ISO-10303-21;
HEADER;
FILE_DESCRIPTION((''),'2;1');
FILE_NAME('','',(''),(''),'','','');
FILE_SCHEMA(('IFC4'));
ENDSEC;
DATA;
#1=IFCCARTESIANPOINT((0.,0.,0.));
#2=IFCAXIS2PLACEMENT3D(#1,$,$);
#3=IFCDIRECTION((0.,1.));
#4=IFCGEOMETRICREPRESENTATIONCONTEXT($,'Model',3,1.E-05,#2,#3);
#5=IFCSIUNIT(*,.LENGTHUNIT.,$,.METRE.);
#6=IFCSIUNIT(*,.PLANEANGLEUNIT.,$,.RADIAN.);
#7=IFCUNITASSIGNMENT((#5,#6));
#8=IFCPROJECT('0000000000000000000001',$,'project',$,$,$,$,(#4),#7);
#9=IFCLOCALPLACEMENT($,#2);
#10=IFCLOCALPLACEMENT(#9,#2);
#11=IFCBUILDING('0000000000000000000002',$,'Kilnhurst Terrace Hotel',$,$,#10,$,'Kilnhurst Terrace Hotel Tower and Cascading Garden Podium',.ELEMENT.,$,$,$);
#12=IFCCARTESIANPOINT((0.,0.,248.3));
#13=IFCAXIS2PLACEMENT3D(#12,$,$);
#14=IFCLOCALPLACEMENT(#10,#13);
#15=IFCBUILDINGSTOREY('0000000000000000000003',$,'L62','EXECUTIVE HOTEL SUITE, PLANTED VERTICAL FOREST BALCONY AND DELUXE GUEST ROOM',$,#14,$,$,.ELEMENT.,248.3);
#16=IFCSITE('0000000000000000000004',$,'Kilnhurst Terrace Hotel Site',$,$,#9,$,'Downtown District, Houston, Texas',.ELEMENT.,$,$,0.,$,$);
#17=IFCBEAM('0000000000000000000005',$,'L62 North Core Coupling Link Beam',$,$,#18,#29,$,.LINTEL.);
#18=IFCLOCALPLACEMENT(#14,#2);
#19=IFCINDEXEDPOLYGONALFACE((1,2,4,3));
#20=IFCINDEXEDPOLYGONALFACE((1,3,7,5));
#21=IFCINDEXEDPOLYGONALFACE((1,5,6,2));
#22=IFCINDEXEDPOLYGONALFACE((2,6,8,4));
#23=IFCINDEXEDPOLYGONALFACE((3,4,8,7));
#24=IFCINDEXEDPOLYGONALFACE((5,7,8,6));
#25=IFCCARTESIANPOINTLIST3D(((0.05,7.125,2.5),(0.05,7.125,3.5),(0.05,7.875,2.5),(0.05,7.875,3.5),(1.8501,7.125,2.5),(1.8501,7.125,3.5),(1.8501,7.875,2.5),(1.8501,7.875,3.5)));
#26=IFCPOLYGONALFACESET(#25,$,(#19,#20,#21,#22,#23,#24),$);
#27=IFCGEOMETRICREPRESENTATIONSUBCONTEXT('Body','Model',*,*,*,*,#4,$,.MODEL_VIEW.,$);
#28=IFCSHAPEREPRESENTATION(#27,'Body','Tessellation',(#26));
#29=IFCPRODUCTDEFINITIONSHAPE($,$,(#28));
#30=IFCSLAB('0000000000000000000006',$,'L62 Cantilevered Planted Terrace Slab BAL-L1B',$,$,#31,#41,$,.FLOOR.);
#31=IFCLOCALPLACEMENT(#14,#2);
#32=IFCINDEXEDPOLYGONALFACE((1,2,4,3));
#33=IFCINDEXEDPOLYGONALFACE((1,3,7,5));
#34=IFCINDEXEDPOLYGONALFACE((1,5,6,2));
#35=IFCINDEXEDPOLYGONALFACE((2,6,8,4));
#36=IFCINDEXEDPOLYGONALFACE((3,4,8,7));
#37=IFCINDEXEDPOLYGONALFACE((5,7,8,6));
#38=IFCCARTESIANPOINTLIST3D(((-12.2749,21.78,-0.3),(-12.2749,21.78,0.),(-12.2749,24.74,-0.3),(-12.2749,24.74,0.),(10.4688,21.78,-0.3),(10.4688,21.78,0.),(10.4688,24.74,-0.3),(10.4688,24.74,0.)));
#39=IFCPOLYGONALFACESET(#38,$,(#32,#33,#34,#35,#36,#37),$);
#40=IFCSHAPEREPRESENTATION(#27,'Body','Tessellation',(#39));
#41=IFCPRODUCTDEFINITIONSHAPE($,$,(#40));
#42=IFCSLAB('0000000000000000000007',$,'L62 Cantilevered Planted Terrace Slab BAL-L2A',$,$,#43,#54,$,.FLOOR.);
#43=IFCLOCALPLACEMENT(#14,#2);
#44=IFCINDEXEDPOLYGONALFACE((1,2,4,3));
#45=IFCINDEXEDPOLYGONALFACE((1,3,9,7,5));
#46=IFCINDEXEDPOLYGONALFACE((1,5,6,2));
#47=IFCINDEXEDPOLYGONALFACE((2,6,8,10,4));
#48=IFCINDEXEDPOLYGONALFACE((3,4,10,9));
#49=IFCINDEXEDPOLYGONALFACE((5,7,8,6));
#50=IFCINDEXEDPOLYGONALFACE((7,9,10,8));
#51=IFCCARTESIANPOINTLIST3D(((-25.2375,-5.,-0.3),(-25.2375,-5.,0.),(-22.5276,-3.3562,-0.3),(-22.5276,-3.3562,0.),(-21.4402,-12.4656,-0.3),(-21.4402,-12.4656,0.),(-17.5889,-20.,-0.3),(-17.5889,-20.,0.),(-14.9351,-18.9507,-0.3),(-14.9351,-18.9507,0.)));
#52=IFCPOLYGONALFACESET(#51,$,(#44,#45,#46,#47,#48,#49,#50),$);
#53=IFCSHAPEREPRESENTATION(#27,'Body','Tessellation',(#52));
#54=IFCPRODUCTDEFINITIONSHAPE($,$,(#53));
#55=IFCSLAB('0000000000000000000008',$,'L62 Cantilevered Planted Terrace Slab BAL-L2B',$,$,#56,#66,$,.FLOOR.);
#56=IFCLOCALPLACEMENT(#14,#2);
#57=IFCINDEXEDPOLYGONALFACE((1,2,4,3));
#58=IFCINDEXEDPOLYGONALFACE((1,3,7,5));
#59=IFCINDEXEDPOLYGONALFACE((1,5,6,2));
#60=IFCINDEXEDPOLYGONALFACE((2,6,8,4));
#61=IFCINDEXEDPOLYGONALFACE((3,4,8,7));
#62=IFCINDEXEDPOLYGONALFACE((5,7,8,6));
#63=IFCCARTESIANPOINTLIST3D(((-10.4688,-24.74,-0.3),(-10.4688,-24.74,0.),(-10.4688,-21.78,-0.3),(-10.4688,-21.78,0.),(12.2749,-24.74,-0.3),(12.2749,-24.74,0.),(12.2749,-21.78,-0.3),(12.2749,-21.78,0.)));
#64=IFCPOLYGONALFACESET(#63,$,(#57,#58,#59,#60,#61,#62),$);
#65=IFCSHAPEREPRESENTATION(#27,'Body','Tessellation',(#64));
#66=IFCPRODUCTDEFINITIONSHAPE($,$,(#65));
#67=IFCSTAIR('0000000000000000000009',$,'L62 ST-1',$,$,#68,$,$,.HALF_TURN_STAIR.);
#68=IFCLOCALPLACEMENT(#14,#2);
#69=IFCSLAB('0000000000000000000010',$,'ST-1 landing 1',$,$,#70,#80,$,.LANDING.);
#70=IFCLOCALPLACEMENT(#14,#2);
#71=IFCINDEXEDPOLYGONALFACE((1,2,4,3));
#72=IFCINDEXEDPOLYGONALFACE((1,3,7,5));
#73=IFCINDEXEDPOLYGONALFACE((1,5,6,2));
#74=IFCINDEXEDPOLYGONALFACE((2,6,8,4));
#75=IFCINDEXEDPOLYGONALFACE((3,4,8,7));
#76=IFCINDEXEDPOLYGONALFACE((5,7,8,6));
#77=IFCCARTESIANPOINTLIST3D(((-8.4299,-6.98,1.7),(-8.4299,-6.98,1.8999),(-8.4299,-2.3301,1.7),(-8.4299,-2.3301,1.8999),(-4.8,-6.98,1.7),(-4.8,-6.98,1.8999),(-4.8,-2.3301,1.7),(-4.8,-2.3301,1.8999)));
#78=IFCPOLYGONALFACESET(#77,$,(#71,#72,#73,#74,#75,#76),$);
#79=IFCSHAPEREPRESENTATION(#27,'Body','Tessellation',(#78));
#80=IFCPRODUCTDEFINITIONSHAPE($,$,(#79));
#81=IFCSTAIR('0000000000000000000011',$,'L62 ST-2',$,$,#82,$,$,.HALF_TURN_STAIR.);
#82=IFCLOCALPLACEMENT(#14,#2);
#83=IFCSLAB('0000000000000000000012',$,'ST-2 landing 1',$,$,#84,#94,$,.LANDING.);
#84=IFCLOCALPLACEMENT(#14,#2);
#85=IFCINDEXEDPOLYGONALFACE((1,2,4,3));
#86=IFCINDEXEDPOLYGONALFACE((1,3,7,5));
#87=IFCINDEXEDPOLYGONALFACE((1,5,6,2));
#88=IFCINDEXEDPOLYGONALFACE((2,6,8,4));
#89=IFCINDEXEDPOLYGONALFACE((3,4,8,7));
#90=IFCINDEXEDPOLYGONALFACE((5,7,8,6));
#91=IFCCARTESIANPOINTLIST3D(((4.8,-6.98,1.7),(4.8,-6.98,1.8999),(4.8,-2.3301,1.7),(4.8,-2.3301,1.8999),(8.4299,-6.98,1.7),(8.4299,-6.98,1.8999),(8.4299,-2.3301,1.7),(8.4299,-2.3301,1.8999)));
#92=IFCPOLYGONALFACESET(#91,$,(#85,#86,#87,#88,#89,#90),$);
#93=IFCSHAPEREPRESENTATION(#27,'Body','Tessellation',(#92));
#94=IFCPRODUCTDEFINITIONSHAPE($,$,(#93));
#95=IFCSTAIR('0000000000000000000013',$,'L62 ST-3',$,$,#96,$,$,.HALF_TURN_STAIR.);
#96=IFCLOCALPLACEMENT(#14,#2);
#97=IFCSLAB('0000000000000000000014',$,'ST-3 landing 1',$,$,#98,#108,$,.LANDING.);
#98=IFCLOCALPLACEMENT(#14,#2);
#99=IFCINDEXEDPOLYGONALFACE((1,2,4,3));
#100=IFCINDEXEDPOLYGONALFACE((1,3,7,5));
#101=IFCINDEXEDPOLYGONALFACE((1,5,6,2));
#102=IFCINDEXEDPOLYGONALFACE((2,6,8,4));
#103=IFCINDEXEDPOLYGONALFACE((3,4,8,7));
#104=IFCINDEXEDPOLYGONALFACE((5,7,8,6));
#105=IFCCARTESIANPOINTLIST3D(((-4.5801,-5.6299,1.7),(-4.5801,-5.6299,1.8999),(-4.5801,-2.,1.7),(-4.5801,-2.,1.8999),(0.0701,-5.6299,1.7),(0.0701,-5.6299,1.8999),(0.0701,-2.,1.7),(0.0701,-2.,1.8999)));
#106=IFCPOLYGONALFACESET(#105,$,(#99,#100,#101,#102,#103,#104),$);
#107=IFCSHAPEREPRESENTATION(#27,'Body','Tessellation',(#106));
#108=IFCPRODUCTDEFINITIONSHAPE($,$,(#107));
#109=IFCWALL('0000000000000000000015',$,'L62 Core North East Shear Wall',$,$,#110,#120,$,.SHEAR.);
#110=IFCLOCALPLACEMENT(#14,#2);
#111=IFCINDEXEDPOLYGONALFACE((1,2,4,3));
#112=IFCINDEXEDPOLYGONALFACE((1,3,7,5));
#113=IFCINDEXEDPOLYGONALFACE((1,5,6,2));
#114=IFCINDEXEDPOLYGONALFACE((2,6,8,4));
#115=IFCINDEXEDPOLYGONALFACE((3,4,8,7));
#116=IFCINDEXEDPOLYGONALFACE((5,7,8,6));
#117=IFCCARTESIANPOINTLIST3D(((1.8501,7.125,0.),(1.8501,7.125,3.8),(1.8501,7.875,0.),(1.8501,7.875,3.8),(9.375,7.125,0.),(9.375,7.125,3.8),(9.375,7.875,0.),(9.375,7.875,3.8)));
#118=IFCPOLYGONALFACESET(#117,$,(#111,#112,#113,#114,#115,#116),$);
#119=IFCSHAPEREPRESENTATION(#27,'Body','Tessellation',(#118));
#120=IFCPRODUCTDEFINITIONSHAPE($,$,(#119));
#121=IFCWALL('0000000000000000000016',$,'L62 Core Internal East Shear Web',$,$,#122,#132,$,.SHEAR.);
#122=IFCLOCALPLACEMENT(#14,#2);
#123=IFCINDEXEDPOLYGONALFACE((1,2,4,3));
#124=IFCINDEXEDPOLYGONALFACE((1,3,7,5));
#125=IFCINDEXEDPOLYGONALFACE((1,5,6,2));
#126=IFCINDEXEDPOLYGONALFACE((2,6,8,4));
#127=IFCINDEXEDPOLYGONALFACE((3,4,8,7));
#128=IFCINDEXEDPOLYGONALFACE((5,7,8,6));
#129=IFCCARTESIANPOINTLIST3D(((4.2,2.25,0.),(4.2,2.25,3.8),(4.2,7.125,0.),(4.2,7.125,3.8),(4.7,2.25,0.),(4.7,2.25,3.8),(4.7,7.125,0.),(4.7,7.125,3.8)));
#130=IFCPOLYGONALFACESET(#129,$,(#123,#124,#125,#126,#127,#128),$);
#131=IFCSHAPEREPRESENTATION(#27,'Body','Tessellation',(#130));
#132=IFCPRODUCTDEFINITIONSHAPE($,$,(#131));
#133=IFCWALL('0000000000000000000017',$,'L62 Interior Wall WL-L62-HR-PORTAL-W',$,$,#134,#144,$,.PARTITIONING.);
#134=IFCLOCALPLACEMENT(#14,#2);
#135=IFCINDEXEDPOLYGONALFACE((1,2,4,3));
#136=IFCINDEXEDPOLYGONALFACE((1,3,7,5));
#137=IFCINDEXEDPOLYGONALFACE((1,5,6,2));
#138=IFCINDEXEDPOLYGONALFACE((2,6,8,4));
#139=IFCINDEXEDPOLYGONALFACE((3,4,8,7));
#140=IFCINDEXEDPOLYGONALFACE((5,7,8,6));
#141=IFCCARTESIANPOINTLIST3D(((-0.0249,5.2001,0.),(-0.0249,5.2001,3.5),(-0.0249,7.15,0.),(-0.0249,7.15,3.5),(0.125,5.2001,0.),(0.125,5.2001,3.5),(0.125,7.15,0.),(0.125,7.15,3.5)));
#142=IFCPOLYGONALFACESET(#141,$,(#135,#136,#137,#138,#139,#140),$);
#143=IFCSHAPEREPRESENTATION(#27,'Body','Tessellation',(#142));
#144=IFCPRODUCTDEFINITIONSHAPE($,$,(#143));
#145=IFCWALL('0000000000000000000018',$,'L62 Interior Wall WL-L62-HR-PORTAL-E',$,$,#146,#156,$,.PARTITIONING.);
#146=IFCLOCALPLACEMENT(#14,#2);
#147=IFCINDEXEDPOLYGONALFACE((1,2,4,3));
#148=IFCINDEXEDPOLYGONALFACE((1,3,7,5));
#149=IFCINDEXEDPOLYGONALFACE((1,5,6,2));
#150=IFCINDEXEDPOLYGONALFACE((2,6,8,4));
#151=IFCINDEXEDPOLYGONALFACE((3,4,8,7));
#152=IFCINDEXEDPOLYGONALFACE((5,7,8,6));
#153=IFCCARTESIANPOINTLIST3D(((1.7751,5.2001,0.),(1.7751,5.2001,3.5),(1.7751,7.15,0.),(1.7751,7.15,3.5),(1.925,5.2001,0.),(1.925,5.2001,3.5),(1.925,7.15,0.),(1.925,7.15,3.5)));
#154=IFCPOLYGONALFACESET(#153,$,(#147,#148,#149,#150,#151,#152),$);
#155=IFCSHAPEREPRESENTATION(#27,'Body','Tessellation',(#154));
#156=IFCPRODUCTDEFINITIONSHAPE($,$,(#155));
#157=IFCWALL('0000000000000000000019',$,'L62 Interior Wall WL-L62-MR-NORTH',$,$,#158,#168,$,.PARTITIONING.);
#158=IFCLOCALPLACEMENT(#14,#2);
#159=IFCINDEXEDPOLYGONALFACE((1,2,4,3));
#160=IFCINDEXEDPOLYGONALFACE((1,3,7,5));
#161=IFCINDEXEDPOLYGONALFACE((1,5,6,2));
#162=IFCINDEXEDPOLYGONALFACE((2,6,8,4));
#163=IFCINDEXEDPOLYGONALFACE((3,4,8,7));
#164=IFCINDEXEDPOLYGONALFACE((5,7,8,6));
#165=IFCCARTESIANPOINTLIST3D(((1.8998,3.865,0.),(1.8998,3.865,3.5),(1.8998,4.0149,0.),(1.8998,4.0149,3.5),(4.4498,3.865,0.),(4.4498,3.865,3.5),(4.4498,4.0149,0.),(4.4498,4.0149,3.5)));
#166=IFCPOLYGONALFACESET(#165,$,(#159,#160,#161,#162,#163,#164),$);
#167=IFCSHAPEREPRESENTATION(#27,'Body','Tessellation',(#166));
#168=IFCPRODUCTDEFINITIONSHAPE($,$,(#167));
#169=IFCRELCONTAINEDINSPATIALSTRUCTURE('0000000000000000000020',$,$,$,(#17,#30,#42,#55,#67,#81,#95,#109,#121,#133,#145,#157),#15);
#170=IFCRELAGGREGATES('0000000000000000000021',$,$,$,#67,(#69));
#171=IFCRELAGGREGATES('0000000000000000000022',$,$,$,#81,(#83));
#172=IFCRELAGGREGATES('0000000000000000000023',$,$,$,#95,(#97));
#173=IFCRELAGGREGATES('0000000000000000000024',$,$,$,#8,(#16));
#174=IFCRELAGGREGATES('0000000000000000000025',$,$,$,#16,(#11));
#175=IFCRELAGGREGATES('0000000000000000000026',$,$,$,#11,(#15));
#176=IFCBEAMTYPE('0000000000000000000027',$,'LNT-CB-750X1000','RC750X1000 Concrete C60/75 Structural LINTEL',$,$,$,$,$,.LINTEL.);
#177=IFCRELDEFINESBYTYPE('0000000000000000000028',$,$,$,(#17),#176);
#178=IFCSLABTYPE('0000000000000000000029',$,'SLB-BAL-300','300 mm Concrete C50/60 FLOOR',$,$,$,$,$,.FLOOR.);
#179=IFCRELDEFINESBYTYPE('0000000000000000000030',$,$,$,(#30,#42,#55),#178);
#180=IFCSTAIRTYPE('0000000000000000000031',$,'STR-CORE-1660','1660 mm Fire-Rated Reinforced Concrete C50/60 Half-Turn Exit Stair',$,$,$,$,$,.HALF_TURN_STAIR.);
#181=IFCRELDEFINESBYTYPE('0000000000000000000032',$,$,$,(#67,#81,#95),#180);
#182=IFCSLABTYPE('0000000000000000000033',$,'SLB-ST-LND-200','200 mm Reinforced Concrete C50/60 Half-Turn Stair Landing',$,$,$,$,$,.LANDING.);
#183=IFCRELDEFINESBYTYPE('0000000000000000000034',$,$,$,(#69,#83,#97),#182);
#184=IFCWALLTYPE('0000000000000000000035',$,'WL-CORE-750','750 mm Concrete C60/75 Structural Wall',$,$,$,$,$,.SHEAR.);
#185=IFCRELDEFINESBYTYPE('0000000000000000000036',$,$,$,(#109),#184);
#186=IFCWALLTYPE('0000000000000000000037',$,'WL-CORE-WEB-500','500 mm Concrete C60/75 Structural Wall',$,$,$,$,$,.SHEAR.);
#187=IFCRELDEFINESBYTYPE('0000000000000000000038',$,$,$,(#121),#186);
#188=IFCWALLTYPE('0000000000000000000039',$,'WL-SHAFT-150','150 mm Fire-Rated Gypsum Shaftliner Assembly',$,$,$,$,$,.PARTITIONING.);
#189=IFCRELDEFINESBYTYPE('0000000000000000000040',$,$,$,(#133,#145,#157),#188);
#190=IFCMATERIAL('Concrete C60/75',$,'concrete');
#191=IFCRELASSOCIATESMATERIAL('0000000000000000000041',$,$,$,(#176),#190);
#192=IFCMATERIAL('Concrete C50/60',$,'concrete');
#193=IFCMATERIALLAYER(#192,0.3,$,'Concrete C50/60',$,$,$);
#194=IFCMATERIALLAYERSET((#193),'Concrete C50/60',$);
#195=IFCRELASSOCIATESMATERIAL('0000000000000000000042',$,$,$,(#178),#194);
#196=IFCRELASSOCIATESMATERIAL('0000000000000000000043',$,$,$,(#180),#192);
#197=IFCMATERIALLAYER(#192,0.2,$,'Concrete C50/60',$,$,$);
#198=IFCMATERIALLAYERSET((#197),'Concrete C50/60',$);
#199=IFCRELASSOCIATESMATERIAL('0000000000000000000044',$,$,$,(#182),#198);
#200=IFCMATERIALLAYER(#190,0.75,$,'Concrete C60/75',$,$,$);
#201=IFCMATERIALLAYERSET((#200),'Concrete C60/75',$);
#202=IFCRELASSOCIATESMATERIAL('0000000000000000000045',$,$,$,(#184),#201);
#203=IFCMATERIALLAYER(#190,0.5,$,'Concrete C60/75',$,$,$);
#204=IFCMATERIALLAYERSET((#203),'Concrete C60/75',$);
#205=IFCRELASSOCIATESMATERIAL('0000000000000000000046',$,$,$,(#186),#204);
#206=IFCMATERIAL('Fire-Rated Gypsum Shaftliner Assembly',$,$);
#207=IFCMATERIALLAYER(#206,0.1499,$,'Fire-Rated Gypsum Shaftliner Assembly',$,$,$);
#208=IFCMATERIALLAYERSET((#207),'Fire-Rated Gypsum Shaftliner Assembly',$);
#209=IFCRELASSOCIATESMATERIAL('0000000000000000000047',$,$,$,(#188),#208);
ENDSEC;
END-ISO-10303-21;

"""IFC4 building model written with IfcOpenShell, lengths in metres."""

from ifc_helpers import new_model, si_unit, direction, frame, frame_2d, origin, origin_2d, place, context, subcontext, project, spatial, polyline, rectangle, outline, extrude, material, layer, layer_set, material_profile, profile_set, type_object, element, aggregate, save


model = new_model("IFC4")

# Units and contexts
model_context = context("Model", 3, precision=1e-05, world=origin(), true_north=direction((0.0, 1.0)))
body_context = subcontext(model_context, "Body", "Model", "MODEL_VIEW")
ifc_project = project(units=[si_unit("LENGTHUNIT", "METRE"), si_unit("PLANEANGLEUNIT", "RADIAN")], contexts=[model_context])

# Site, building, storey
site_placement = place(None, origin())
site = spatial("IfcSite", under=ifc_project, at=site_placement, Name="Kilnhurst Terrace Hotel Site", LongName="Downtown District, Houston, Texas", CompositionType="ELEMENT", RefElevation=0.0)
building_placement = place(site_placement, origin())
building = spatial("IfcBuilding", under=site, at=building_placement, Name="Kilnhurst Terrace Hotel", LongName="Kilnhurst Terrace Hotel Tower and Cascading Garden Podium", CompositionType="ELEMENT")
storey_placement = place(building_placement, frame((0.0, 0.0, 248.3)))
storey = spatial("IfcBuildingStorey", under=building, at=storey_placement, Name="L62", Description="EXECUTIVE HOTEL SUITE, PLANTED VERTICAL FOREST BALCONY AND DELUXE GUEST ROOM", CompositionType="ELEMENT", Elevation=248.3)

# Beam
ifc_material_1 = material(Name="Concrete C60/75", Category="concrete")
ifc_material_profile = material_profile(ifc_material_1, rectangle(XDim=0.75, YDim=1.0, at=origin_2d()), Name="RC750X1000")
ifc_profile_set = profile_set([ifc_material_profile], Name="Concrete C60/75")
beam_type = type_object("IfcBeamType", Name="LNT-CB-750X1000", Description="RC750X1000 Concrete C60/75 Structural LINTEL", PredefinedType="LINTEL", material=ifc_profile_set)
beam_placement = place(storey_placement, frame((0.05, 7.5, 3.0), z_axis=(1.0, 0.0, 0.0), x_axis=(0.0, 1.0, 0.0)))
element("IfcBeam", 1, at=beam_placement, inside=storey, type_object=beam_type, Name="L62 North Core Coupling Link Beam", PredefinedType="LINTEL", context=body_context, shape_type="SweptSolid", body=[
    extrude(rectangle(XDim=0.75, YDim=1.0, at=origin_2d()), origin(), (0.0, 0.0, 1.0), 1.8),
])

# Slabs
ifc_material_2 = material(Name="Concrete C50/60", Category="concrete")
ifc_layer_1 = layer(ifc_material_2, 0.3, Name="Concrete C50/60")
ifc_layer_set_1 = layer_set([ifc_layer_1], Name="Concrete C50/60")
slab_type_1 = type_object("IfcSlabType", Name="SLB-BAL-300", Description="300 mm Concrete C50/60 FLOOR", PredefinedType="FLOOR", material=ifc_layer_set_1)
slab_1_placement = place(storey_placement, frame((0.0, 0.0, -0.3)))
element("IfcSlab", 2, at=slab_1_placement, inside=storey, type_object=slab_type_1, Name="L62 Cantilevered Planted Terrace Slab BAL-L1B", PredefinedType="FLOOR", context=body_context, shape_type="SweptSolid", body=[
    extrude(outline(polyline([(-12.2749, 21.78), (-12.2749, 24.74), (10.4688, 24.74), (10.4688, 21.78), (-12.2749, 21.78)])), origin(), (0.0, 0.0, 1.0), 0.3),
])
slab_2_placement = place(storey_placement, frame((0.0, 0.0, -0.3)))
element("IfcSlab", 3, at=slab_2_placement, inside=storey, type_object=slab_type_1, Name="L62 Cantilevered Planted Terrace Slab BAL-L2A", PredefinedType="FLOOR", context=body_context, shape_type="SweptSolid", body=[
    extrude(outline(polyline([(-25.2375, -5.0), (-22.5276, -3.3562), (-14.9351, -18.9507), (-17.5889, -20.0), (-21.4402, -12.4656), (-25.2375, -5.0)])), origin(), (0.0, 0.0, 1.0), 0.3),
])
slab_3_placement = place(storey_placement, frame((0.0, 0.0, -0.3)))
element("IfcSlab", 4, at=slab_3_placement, inside=storey, type_object=slab_type_1, Name="L62 Cantilevered Planted Terrace Slab BAL-L2B", PredefinedType="FLOOR", context=body_context, shape_type="SweptSolid", body=[
    extrude(outline(polyline([(12.2749, -21.78), (12.2749, -24.74), (-10.4688, -24.74), (-10.4688, -21.78), (12.2749, -21.78)])), origin(), (0.0, 0.0, 1.0), 0.3),
])

# Stairs, slabs
stair_type = type_object("IfcStairType", Name="STR-CORE-1660", Description="1660 mm Fire-Rated Reinforced Concrete C50/60 Half-Turn Exit Stair", PredefinedType="HALF_TURN_STAIR", material=ifc_material_2)
stair_1_placement = place(storey_placement, origin())
stair_1 = element("IfcStair", 5, at=stair_1_placement, inside=storey, type_object=stair_type, Name="L62 ST-1", PredefinedType="HALF_TURN_STAIR")
ifc_layer_2 = layer(ifc_material_2, 0.2, Name="Concrete C50/60")
ifc_layer_set_2 = layer_set([ifc_layer_2], Name="Concrete C50/60")
slab_type_2 = type_object("IfcSlabType", Name="SLB-ST-LND-200", Description="200 mm Reinforced Concrete C50/60 Half-Turn Stair Landing", PredefinedType="LANDING", material=ifc_layer_set_2)
slab_4_placement = place(storey_placement, frame((0.0, 0.0, 1.7)))
slab_4 = element("IfcSlab", 6, at=slab_4_placement, type_object=slab_type_2, Name="ST-1 landing 1", PredefinedType="LANDING", context=body_context, shape_type="SweptSolid", body=[
    extrude(outline(polyline([(-8.4299, -2.3301), (-4.8, -2.3301), (-4.8, -6.98), (-8.4299, -6.98), (-8.4299, -2.3301)])), origin(), (0.0, 0.0, 1.0), 0.2),
])
aggregate(stair_1, [slab_4])
stair_2_placement = place(storey_placement, origin())
stair_2 = element("IfcStair", 7, at=stair_2_placement, inside=storey, type_object=stair_type, Name="L62 ST-2", PredefinedType="HALF_TURN_STAIR")
slab_5_placement = place(storey_placement, frame((0.0, 0.0, 1.7)))
slab_5 = element("IfcSlab", 8, at=slab_5_placement, type_object=slab_type_2, Name="ST-2 landing 1", PredefinedType="LANDING", context=body_context, shape_type="SweptSolid", body=[
    extrude(outline(polyline([(4.8, -2.3301), (8.4299, -2.3301), (8.4299, -6.98), (4.8, -6.98), (4.8, -2.3301)])), origin(), (0.0, 0.0, 1.0), 0.2),
])
aggregate(stair_2, [slab_5])
stair_3_placement = place(storey_placement, origin())
stair_3 = element("IfcStair", 9, at=stair_3_placement, inside=storey, type_object=stair_type, Name="L62 ST-3", PredefinedType="HALF_TURN_STAIR")
slab_6_placement = place(storey_placement, frame((0.0, 0.0, 1.7)))
slab_6 = element("IfcSlab", 10, at=slab_6_placement, type_object=slab_type_2, Name="ST-3 landing 1", PredefinedType="LANDING", context=body_context, shape_type="SweptSolid", body=[
    extrude(outline(polyline([(0.0701, -2.0), (0.0701, -5.6299), (-4.5801, -5.6299), (-4.5801, -2.0), (0.0701, -2.0)])), origin(), (0.0, 0.0, 1.0), 0.2),
])
aggregate(stair_3, [slab_6])

# Walls
ifc_layer_3 = layer(ifc_material_1, 0.75, Name="Concrete C60/75")
ifc_layer_set_3 = layer_set([ifc_layer_3], Name="Concrete C60/75")
wall_type_1 = type_object("IfcWallType", Name="WL-CORE-750", Description="750 mm Concrete C60/75 Structural Wall", PredefinedType="SHEAR", material=ifc_layer_set_3)
wall_1_placement = place(storey_placement, frame((1.8501, 7.5, 0.0), z_axis=(0.0, 0.0, 1.0), x_axis=(1.0, 0.0, 0.0)))
element("IfcWall", 11, at=wall_1_placement, inside=storey, type_object=wall_type_1, Name="L62 Core North East Shear Wall", PredefinedType="SHEAR", context=body_context, shape_type="SweptSolid", body=[
    extrude(rectangle(XDim=7.5249, YDim=0.75, at=frame_2d((3.7625, 0.0))), origin(), (0.0, 0.0, 1.0), 3.8),
])
ifc_layer_4 = layer(ifc_material_1, 0.5, Name="Concrete C60/75")
ifc_layer_set_4 = layer_set([ifc_layer_4], Name="Concrete C60/75")
wall_type_2 = type_object("IfcWallType", Name="WL-CORE-WEB-500", Description="500 mm Concrete C60/75 Structural Wall", PredefinedType="SHEAR", material=ifc_layer_set_4)
wall_2_placement = place(storey_placement, frame((4.45, 2.25, 0.0), z_axis=(0.0, 0.0, 1.0), x_axis=(0.0, 1.0, 0.0)))
element("IfcWall", 12, at=wall_2_placement, inside=storey, type_object=wall_type_2, Name="L62 Core Internal East Shear Web", PredefinedType="SHEAR", context=body_context, shape_type="SweptSolid", body=[
    extrude(rectangle(XDim=4.875, YDim=0.5, at=frame_2d((2.4375, 0.0))), origin(), (0.0, 0.0, 1.0), 3.8),
])
ifc_material_3 = material(Name="Fire-Rated Gypsum Shaftliner Assembly")
ifc_layer_5 = layer(ifc_material_3, 0.1499, Name="Fire-Rated Gypsum Shaftliner Assembly")
ifc_layer_set_5 = layer_set([ifc_layer_5], Name="Fire-Rated Gypsum Shaftliner Assembly")
wall_type_3 = type_object("IfcWallType", Name="WL-SHAFT-150", Description="150 mm Fire-Rated Gypsum Shaftliner Assembly", PredefinedType="PARTITIONING", material=ifc_layer_set_5)
for number, where, z_axis, x_axis, name in (
    (13, (0.05, 5.2, 0.0), (0.0, 0.0, 1.0), (0.0, 1.0, 0.0), "L62 Interior Wall WL-L62-HR-PORTAL-W"),
    (14, (1.8501, 5.2, 0.0), (0.0, 0.0, 1.0), (0.0, 1.0, 0.0), "L62 Interior Wall WL-L62-HR-PORTAL-E"),
):
    element("IfcWall", number, at=place(storey_placement, frame(where, z_axis=z_axis, x_axis=x_axis)), inside=storey, type_object=wall_type_3, Name=name, PredefinedType="PARTITIONING", context=body_context, shape_type="SweptSolid", body=[
        extrude(rectangle(XDim=1.95, YDim=0.1499, at=frame_2d((0.9751, 0.0))), origin(), (0.0, 0.0, 1.0), 3.5),
    ])
wall_3_placement = place(storey_placement, frame((1.8999, 3.9399, 0.0), z_axis=(0.0, 0.0, 1.0), x_axis=(1.0, 0.0, 0.0)))
element("IfcWall", 15, at=wall_3_placement, inside=storey, type_object=wall_type_3, Name="L62 Interior Wall WL-L62-MR-NORTH", PredefinedType="PARTITIONING", context=body_context, shape_type="SweptSolid", body=[
    extrude(rectangle(XDim=2.55, YDim=0.1499, at=frame_2d((1.2749, 0.0))), origin(), (0.0, 0.0, 1.0), 3.5),
])

save(model, "model.ifc")
